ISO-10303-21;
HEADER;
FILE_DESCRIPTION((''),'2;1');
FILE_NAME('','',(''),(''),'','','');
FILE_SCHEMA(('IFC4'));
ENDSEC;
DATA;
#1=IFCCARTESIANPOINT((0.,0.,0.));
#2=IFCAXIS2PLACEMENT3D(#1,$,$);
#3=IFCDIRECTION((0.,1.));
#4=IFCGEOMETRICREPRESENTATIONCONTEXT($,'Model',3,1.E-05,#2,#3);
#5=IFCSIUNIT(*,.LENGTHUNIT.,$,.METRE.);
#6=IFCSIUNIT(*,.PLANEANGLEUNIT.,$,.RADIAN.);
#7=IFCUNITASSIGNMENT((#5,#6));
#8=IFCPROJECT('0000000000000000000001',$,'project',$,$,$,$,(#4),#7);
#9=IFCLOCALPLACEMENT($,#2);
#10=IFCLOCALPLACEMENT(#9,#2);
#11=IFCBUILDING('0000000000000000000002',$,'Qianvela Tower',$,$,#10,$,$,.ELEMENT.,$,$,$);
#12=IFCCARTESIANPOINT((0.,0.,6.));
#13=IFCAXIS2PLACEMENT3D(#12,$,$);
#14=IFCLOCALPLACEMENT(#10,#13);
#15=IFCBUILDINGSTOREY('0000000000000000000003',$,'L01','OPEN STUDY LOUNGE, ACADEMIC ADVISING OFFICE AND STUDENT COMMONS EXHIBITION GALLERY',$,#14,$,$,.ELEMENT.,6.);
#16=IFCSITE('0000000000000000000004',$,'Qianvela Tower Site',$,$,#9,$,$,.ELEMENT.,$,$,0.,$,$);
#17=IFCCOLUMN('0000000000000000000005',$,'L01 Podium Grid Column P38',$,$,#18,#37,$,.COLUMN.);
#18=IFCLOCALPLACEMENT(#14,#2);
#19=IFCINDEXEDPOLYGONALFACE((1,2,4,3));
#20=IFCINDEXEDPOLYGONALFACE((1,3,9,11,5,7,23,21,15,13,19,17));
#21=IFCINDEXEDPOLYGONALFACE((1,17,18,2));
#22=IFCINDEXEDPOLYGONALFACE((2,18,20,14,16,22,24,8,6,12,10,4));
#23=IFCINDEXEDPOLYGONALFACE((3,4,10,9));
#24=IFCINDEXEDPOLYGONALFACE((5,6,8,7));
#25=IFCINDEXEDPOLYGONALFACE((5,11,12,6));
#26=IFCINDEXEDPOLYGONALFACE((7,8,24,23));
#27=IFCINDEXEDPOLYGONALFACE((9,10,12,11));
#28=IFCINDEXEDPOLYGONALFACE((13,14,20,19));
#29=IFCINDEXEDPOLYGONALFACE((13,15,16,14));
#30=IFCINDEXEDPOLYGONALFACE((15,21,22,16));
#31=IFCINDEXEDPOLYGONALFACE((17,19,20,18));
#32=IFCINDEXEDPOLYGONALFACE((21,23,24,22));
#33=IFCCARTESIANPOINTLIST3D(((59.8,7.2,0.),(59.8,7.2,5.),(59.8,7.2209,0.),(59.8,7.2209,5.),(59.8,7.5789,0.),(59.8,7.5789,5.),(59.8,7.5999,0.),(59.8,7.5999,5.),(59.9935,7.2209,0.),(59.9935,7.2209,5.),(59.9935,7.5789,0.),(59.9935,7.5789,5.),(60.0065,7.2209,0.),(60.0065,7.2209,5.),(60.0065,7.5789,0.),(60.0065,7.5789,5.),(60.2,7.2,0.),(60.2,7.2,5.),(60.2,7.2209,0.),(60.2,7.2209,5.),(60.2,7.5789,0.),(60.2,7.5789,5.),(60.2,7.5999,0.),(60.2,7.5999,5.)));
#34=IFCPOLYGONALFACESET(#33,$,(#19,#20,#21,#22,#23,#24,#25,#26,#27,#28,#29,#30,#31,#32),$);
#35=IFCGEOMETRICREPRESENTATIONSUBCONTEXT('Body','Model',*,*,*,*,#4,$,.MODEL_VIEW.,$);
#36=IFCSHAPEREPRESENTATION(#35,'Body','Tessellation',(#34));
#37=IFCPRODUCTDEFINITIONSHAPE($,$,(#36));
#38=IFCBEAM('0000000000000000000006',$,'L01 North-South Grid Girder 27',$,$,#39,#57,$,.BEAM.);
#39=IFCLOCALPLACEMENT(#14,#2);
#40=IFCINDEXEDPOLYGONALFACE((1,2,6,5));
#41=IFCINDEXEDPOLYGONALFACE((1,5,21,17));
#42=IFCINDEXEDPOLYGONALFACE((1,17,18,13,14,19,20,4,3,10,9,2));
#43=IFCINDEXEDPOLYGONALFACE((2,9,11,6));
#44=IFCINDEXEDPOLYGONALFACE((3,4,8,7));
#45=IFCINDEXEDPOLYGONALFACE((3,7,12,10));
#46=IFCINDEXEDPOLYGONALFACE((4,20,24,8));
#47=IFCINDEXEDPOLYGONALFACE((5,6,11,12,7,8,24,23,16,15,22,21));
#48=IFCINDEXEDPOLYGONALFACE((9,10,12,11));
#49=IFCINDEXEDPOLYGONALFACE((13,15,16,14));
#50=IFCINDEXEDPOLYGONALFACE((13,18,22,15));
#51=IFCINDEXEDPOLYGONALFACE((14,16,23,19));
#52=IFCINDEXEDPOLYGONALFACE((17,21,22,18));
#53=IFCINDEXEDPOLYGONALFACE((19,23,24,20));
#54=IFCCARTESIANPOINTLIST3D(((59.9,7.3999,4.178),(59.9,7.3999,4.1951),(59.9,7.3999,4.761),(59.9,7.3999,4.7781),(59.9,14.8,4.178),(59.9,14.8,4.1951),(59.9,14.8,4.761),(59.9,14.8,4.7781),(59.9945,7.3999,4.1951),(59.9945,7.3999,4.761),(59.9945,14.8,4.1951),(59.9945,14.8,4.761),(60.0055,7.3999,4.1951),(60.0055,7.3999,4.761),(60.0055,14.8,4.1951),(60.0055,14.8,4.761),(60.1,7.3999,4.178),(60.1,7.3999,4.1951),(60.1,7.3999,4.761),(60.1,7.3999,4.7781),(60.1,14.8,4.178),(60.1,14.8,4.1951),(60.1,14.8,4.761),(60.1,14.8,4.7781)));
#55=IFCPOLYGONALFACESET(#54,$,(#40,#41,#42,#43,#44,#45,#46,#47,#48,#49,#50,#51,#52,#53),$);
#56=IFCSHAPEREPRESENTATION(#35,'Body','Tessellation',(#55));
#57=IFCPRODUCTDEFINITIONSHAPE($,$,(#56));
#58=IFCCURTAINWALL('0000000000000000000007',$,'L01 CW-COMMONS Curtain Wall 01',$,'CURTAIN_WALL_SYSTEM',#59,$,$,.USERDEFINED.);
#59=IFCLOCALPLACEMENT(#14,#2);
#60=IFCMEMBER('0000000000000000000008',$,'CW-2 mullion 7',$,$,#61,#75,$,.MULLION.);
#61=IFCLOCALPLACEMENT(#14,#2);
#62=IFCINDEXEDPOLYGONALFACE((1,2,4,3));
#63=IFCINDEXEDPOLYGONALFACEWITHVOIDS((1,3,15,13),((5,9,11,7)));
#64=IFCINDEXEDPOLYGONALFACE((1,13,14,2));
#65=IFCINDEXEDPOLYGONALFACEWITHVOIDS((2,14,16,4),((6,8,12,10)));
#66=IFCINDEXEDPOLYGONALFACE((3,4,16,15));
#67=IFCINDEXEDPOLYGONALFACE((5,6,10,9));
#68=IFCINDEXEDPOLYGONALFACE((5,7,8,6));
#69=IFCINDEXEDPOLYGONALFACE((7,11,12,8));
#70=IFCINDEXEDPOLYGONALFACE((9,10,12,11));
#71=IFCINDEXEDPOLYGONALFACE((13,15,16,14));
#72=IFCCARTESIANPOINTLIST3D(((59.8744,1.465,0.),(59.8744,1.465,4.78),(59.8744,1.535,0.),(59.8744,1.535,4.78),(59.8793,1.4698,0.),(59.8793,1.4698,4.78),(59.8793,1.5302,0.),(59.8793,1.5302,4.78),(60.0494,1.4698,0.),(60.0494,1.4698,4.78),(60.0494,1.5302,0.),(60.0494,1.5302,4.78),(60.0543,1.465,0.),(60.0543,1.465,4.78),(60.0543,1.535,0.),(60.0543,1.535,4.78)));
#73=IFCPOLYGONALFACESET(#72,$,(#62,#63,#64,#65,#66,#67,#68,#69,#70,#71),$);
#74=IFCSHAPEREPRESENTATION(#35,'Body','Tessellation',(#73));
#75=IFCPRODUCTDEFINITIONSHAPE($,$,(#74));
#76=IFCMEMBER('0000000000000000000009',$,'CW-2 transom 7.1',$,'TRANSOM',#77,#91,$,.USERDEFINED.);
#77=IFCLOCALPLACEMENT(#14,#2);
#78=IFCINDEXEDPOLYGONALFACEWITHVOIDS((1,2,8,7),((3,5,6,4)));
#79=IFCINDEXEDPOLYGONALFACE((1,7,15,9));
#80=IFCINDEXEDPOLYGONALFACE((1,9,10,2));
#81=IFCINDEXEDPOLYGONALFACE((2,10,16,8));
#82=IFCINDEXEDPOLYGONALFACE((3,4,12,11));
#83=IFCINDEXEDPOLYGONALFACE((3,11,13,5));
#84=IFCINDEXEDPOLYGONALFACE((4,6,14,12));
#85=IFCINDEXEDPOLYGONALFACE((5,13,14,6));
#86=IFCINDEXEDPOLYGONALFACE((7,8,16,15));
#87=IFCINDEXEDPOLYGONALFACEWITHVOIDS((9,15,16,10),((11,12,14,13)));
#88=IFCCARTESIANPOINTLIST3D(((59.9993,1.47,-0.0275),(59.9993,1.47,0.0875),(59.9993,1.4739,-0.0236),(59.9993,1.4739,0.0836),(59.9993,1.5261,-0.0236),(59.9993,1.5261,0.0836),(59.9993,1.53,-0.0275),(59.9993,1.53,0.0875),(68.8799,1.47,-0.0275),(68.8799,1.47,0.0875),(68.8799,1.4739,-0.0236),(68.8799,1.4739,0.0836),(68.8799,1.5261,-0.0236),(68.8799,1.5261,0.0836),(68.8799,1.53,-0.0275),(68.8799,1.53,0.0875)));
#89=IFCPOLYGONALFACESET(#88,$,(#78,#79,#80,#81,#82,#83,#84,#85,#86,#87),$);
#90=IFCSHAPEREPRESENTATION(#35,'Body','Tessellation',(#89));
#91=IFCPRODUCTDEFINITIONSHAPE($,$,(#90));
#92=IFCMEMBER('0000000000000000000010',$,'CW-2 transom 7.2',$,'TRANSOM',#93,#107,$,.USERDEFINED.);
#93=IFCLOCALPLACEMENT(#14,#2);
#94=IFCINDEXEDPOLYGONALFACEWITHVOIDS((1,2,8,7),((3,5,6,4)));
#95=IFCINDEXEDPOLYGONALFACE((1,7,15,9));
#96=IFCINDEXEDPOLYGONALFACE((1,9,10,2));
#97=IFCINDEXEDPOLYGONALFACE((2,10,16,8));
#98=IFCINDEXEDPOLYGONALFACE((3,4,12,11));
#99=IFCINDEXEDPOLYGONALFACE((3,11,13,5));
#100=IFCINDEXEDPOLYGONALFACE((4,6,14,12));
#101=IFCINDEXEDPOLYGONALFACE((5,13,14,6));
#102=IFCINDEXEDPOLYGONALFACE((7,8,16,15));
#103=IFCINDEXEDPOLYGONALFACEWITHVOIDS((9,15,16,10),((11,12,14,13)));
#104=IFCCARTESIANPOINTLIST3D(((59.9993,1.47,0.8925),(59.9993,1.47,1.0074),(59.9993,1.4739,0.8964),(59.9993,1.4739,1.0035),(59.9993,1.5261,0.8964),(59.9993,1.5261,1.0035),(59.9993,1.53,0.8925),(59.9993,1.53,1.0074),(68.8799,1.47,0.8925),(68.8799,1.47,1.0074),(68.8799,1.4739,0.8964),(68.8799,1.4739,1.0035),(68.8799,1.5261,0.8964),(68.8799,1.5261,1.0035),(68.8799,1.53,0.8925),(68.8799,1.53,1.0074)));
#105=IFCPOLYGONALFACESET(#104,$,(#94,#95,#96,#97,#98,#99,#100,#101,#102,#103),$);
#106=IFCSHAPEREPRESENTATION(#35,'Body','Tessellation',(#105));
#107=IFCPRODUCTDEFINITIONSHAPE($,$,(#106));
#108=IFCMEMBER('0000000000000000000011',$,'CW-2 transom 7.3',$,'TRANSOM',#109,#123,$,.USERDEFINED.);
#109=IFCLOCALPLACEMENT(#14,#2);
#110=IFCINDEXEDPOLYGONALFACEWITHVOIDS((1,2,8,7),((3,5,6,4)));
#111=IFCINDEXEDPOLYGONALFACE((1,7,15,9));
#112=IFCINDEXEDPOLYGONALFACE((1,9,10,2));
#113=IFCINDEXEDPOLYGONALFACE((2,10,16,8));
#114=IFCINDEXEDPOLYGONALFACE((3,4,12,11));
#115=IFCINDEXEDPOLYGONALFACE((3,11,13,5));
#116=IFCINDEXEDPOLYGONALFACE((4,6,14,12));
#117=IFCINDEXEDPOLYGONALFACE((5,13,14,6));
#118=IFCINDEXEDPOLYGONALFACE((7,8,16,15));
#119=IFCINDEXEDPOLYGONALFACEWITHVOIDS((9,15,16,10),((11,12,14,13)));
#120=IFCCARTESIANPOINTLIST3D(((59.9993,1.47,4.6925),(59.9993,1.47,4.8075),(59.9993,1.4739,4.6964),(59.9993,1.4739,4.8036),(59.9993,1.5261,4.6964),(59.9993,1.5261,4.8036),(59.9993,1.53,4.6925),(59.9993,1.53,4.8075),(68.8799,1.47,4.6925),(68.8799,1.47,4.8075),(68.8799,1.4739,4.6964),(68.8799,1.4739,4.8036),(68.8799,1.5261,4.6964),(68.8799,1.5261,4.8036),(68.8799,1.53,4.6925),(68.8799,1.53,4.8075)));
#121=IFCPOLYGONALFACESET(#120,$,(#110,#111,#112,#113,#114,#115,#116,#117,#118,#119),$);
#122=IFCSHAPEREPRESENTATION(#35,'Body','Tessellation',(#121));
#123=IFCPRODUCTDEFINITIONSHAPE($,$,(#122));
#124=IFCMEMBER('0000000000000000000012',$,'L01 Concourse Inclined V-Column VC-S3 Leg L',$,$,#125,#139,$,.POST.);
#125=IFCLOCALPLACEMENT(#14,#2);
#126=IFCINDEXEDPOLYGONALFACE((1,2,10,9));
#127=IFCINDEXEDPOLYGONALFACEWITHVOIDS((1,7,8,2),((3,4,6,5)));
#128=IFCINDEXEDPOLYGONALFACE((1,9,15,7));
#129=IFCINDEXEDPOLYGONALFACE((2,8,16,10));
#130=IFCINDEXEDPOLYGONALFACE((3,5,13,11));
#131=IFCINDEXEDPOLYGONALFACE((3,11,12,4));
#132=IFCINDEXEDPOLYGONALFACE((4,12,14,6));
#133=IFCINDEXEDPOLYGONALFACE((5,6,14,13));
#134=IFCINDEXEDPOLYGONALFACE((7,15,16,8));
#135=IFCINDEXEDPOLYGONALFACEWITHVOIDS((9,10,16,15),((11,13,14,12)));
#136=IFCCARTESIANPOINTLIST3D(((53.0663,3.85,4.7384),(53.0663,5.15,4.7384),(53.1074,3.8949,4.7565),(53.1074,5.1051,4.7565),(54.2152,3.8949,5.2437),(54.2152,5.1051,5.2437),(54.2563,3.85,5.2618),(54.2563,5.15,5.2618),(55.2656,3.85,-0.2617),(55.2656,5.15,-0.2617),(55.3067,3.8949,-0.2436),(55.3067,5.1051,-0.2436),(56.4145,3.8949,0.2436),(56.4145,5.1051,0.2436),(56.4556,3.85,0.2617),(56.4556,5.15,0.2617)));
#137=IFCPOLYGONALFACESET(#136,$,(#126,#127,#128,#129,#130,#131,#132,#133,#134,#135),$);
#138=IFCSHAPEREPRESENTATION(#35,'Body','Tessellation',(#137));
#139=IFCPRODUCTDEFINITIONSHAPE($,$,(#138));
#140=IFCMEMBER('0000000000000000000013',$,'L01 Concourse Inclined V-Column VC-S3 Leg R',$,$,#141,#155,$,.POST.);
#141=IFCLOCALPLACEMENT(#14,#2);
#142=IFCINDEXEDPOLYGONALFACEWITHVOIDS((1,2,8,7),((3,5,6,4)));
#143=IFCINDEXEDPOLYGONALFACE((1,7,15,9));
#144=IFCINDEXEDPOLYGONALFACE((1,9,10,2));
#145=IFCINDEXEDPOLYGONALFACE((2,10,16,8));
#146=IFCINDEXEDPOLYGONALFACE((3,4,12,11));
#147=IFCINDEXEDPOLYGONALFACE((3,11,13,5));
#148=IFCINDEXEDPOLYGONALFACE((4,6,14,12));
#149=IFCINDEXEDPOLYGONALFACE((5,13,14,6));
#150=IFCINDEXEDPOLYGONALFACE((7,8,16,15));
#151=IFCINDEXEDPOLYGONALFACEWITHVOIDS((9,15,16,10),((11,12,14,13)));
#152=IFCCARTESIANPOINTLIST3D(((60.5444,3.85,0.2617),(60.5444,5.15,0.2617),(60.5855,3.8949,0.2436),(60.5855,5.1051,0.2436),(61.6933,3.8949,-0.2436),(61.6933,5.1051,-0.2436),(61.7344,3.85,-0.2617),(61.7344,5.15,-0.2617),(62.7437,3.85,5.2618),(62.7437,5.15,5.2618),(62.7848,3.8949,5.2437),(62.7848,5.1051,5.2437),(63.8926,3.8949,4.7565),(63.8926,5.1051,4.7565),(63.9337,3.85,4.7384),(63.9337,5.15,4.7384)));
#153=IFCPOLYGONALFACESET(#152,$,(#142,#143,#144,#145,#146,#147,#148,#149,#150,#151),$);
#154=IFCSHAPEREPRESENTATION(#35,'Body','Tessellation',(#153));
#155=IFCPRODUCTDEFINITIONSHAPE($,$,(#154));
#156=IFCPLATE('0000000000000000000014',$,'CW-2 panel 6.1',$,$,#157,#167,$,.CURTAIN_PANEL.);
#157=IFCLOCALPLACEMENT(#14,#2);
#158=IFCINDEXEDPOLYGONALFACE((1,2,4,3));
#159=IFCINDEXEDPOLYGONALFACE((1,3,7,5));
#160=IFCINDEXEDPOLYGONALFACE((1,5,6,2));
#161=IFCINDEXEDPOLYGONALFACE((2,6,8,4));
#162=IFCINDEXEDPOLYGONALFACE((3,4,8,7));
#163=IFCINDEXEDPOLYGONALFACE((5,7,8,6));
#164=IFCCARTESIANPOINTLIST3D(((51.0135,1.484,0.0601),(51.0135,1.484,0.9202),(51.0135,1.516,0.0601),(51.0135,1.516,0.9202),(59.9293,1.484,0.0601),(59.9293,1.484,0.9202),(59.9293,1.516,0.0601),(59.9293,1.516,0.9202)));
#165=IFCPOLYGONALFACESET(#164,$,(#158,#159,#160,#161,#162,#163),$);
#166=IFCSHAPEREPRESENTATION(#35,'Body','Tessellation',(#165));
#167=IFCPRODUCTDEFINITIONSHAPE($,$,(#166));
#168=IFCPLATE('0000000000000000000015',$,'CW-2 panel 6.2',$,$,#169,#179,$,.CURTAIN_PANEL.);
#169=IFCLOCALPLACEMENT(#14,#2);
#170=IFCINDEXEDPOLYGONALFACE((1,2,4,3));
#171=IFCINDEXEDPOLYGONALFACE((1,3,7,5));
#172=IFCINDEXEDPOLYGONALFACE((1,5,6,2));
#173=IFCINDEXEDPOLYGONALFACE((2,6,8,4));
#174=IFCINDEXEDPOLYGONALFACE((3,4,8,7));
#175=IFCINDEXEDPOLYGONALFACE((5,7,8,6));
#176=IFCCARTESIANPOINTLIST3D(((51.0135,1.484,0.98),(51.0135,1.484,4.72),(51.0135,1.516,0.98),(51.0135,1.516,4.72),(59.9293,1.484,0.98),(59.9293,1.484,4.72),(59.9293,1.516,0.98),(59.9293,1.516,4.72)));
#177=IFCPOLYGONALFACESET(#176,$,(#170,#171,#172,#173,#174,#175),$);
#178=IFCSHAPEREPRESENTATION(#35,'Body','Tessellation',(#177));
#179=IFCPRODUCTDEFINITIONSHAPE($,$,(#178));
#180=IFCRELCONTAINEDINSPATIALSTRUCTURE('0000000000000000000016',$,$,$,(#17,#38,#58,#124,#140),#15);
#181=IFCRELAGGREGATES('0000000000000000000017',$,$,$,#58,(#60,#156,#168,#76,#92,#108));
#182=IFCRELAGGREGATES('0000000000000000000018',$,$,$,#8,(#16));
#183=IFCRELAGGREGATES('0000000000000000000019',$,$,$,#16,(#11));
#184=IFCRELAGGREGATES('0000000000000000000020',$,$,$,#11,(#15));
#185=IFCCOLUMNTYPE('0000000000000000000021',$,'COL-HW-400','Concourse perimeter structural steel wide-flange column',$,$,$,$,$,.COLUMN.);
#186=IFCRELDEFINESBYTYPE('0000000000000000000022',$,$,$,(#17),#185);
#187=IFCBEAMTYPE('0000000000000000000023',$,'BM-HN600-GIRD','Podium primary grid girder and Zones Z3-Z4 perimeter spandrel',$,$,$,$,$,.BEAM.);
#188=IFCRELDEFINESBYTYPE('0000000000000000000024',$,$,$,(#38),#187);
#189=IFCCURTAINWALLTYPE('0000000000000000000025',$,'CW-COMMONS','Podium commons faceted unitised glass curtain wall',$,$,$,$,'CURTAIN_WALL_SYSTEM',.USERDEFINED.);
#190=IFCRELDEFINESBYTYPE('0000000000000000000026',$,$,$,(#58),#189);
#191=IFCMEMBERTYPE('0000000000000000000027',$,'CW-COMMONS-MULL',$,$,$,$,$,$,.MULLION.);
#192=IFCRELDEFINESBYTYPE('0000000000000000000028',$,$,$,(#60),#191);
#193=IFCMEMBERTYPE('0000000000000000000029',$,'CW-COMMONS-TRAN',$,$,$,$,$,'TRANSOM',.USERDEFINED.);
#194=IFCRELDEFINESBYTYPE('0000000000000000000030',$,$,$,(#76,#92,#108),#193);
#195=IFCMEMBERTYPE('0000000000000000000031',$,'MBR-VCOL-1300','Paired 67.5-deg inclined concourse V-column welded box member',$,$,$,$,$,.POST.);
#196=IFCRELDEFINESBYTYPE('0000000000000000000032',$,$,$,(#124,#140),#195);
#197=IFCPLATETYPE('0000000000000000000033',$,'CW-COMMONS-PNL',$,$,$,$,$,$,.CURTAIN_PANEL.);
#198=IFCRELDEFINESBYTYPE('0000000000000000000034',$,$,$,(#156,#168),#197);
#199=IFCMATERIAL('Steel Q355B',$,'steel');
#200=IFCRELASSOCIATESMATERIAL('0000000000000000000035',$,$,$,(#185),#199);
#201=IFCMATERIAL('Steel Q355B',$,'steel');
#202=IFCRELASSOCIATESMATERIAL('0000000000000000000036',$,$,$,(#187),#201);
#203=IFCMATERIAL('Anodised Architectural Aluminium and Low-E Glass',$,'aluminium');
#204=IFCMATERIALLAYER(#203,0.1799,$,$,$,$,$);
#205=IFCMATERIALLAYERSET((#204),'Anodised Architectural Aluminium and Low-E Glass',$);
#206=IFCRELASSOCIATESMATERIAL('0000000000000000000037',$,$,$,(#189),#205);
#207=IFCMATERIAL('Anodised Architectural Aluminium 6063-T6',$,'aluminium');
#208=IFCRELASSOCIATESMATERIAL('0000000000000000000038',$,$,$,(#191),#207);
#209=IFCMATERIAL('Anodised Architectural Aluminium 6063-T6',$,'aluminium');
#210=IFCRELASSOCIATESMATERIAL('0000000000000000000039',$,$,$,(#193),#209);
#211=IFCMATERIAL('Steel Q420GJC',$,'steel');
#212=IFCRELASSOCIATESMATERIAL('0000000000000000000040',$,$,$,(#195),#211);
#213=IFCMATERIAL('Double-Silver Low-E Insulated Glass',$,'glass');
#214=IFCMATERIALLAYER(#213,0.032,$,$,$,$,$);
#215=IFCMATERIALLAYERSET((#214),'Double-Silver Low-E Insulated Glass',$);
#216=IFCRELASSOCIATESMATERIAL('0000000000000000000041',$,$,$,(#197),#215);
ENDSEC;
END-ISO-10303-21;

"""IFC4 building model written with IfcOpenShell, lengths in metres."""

from ifc_helpers import new_model, si_unit, direction, frame, origin, origin_2d, place, context, subcontext, project, spatial, rectangle, hollow_rectangle, i_section, extrude, material, layer, layer_set, material_profile, profile_set, type_object, element, aggregate, save


model = new_model("IFC4")

# Units and contexts
model_context = context("Model", 3, precision=1e-05, world=origin(), true_north=direction((0.0, 1.0)))
body_context = subcontext(model_context, "Body", "Model", "MODEL_VIEW")
ifc_project = project(units=[si_unit("LENGTHUNIT", "METRE"), si_unit("PLANEANGLEUNIT", "RADIAN")], contexts=[model_context])

# Site, building, storey
site_placement = place(None, origin())
site = spatial("IfcSite", under=ifc_project, at=site_placement, Name="Qianvela Tower Site", CompositionType="ELEMENT", RefElevation=0.0)
building_placement = place(site_placement, origin())
building = spatial("IfcBuilding", under=site, at=building_placement, Name="Qianvela Tower", CompositionType="ELEMENT")
storey_placement = place(building_placement, frame((0.0, 0.0, 6.0)))
storey = spatial("IfcBuildingStorey", under=building, at=storey_placement, Name="L01", Description="OPEN STUDY LOUNGE, ACADEMIC ADVISING OFFICE AND STUDENT COMMONS EXHIBITION GALLERY", CompositionType="ELEMENT", Elevation=6.0)

# Column
ifc_material_1 = material(Name="Steel Q355B", Category="steel")
ifc_material_profile_1 = material_profile(ifc_material_1, i_section(OverallWidth=0.3999, OverallDepth=0.3999, WebThickness=0.0129, FlangeThickness=0.021, at=origin_2d()), Name="HW400x400x13x21")
ifc_profile_set_1 = profile_set([ifc_material_profile_1], Name="Steel Q355B")
column_type = type_object("IfcColumnType", Name="COL-HW-400", Description="Concourse perimeter structural steel wide-flange column", PredefinedType="COLUMN", material=ifc_profile_set_1)
column_placement = place(storey_placement, frame((60.0, 7.3999, 0.0), z_axis=(0.0, 0.0, 1.0), x_axis=(1.0, 0.0, 0.0)))
element("IfcColumn", 1, at=column_placement, inside=storey, type_object=column_type, Name="L01 Podium Grid Column P38", PredefinedType="COLUMN", context=body_context, shape_type="SweptSolid", body=[
    extrude(i_section(OverallWidth=0.3999, OverallDepth=0.3999, WebThickness=0.0129, FlangeThickness=0.021, at=origin_2d()), origin(), (0.0, 0.0, 1.0), 5.0),
])

# Beam
ifc_material_2 = material(Name="Steel Q355B", Category="steel")
ifc_material_profile_2 = material_profile(ifc_material_2, i_section(OverallWidth=0.2, OverallDepth=0.6001, WebThickness=0.011, FlangeThickness=0.0171, at=origin_2d()), Name="HN600x200x11x17")
ifc_profile_set_2 = profile_set([ifc_material_profile_2], Name="Steel Q355B")
beam_type = type_object("IfcBeamType", Name="BM-HN600-GIRD", Description="Podium primary grid girder and Zones Z3-Z4 perimeter spandrel", PredefinedType="BEAM", material=ifc_profile_set_2)
beam_placement = place(storey_placement, frame((60.0, 7.3999, 4.478), z_axis=(0.0, 1.0, 0.0), x_axis=(-1.0, 0.0, 0.0)))
element("IfcBeam", 2, at=beam_placement, inside=storey, type_object=beam_type, Name="L01 North-South Grid Girder 27", PredefinedType="BEAM", context=body_context, shape_type="SweptSolid", body=[
    extrude(i_section(OverallWidth=0.2, OverallDepth=0.6001, WebThickness=0.011, FlangeThickness=0.0171, at=origin_2d()), origin(), (0.0, 0.0, 1.0), 7.4001),
])

# Curtain wall, members
ifc_material_3 = material(Name="Anodised Architectural Aluminium and Low-E Glass", Category="aluminium")
ifc_layer_1 = layer(ifc_material_3, 0.1799)
ifc_layer_set_1 = layer_set([ifc_layer_1], Name="Anodised Architectural Aluminium and Low-E Glass")
curtain_wall_type = type_object("IfcCurtainWallType", Name="CW-COMMONS", Description="Podium commons faceted unitised glass curtain wall", ElementType="CURTAIN_WALL_SYSTEM", PredefinedType="USERDEFINED", material=ifc_layer_set_1)
curtain_wall_placement = place(storey_placement, origin())
curtain_wall = element("IfcCurtainWall", 3, at=curtain_wall_placement, inside=storey, type_object=curtain_wall_type, Name="L01 CW-COMMONS Curtain Wall 01", ObjectType="CURTAIN_WALL_SYSTEM", PredefinedType="USERDEFINED")
ifc_material_4 = material(Name="Anodised Architectural Aluminium 6063-T6", Category="aluminium")
ifc_material_profile_3 = material_profile(ifc_material_4, hollow_rectangle(XDim=0.0701, YDim=0.1799, WallThickness=0.0049, at=origin_2d()), Name="ALU-MULL-70x180")
ifc_profile_set_3 = profile_set([ifc_material_profile_3], Name="Anodised Architectural Aluminium 6063-T6")
member_type_1 = type_object("IfcMemberType", Name="CW-COMMONS-MULL", PredefinedType="MULLION", material=ifc_profile_set_3)
member_1_placement = place(storey_placement, frame((59.9644, 1.5, 0.0), z_axis=(0.0, 0.0, 1.0), x_axis=(0.0, 1.0, 0.0)))
member_1 = element("IfcMember", 4, at=member_1_placement, type_object=member_type_1, Name="CW-2 mullion 7", PredefinedType="MULLION", context=body_context, shape_type="SweptSolid", body=[
    extrude(hollow_rectangle(XDim=0.0701, YDim=0.1799, WallThickness=0.0049, at=origin_2d()), origin(), (0.0, 0.0, 1.0), 4.78),
])
ifc_material_5 = material(Name="Anodised Architectural Aluminium 6063-T6", Category="aluminium")
ifc_material_profile_4 = material_profile(ifc_material_5, hollow_rectangle(XDim=0.0601, YDim=0.115, WallThickness=0.0039, at=origin_2d()), Name="ALU-TRAN-60x115")
ifc_profile_set_4 = profile_set([ifc_material_profile_4], Name="Anodised Architectural Aluminium 6063-T6")
member_type_2 = type_object("IfcMemberType", Name="CW-COMMONS-TRAN", ElementType="TRANSOM", PredefinedType="USERDEFINED", material=ifc_profile_set_4)
member_2_placement = place(storey_placement, frame((59.9993, 1.5, 0.03), z_axis=(1.0, 0.0, 0.0), x_axis=(0.0, 1.0, 0.0)))
member_2 = element("IfcMember", 5, at=member_2_placement, type_object=member_type_2, Name="CW-2 transom 7.1", ObjectType="TRANSOM", PredefinedType="USERDEFINED", context=body_context, shape_type="SweptSolid", body=[
    extrude(hollow_rectangle(XDim=0.0601, YDim=0.115, WallThickness=0.0039, at=origin_2d()), origin(), (0.0, 0.0, 1.0), 8.8806),
])
member_3_placement = place(storey_placement, frame((59.9993, 1.5, 0.95), z_axis=(1.0, 0.0, 0.0), x_axis=(0.0, 1.0, 0.0)))
member_3 = element("IfcMember", 6, at=member_3_placement, type_object=member_type_2, Name="CW-2 transom 7.2", ObjectType="TRANSOM", PredefinedType="USERDEFINED", context=body_context, shape_type="SweptSolid", body=[
    extrude(hollow_rectangle(XDim=0.0601, YDim=0.115, WallThickness=0.0039, at=origin_2d()), origin(), (0.0, 0.0, 1.0), 8.8806),
])
member_4_placement = place(storey_placement, frame((59.9993, 1.5, 4.75), z_axis=(1.0, 0.0, 0.0), x_axis=(0.0, 1.0, 0.0)))
member_4 = element("IfcMember", 7, at=member_4_placement, type_object=member_type_2, Name="CW-2 transom 7.3", ObjectType="TRANSOM", PredefinedType="USERDEFINED", context=body_context, shape_type="SweptSolid", body=[
    extrude(hollow_rectangle(XDim=0.0601, YDim=0.115, WallThickness=0.0039, at=origin_2d()), origin(), (0.0, 0.0, 1.0), 8.8806),
])

# Members
ifc_material_6 = material(Name="Steel Q420GJC", Category="steel")
ifc_material_profile_5 = material_profile(ifc_material_6, hollow_rectangle(XDim=1.3, YDim=1.3, WallThickness=0.0449, at=origin_2d()), Name="VBOX-1300x1300x45")
ifc_profile_set_5 = profile_set([ifc_material_profile_5], Name="Steel Q420GJC")
member_type_3 = type_object("IfcMemberType", Name="MBR-VCOL-1300", Description="Paired 67.5-deg inclined concourse V-column welded box member", PredefinedType="POST", material=ifc_profile_set_5)
for number, where, z_axis, x_axis, name in (
    (8, (55.8606, 4.5, 0.0), (-0.402619, 0.0, 0.915368), (0.0, -1.0, 0.0), "L01 Concourse Inclined V-Column VC-S3 Leg L"),
    (9, (61.1394, 4.5, 0.0), (0.402619, 0.0, 0.915368), (0.0, 1.0, 0.0), "L01 Concourse Inclined V-Column VC-S3 Leg R"),
):
    element("IfcMember", number, at=place(storey_placement, frame(where, z_axis=z_axis, x_axis=x_axis)), inside=storey, type_object=member_type_3, Name=name, PredefinedType="POST", context=body_context, shape_type="SweptSolid", body=[
        extrude(hollow_rectangle(XDim=1.3, YDim=1.3, WallThickness=0.0449, at=origin_2d()), origin(), (0.0, 0.0, 1.0), 5.4624),
    ])

# Plates
ifc_material_7 = material(Name="Double-Silver Low-E Insulated Glass", Category="glass")
ifc_layer_2 = layer(ifc_material_7, 0.032)
ifc_layer_set_2 = layer_set([ifc_layer_2], Name="Double-Silver Low-E Insulated Glass")
plate_type = type_object("IfcPlateType", Name="CW-COMMONS-PNL", PredefinedType="CURTAIN_PANEL", material=ifc_layer_set_2)
plate_1_placement = place(storey_placement, frame((55.4714, 1.5, 0.0601), z_axis=(0.0, 0.0, 1.0), x_axis=(1.0, 0.0, 0.0)))
plate_1 = element("IfcPlate", 10, at=plate_1_placement, type_object=plate_type, Name="CW-2 panel 6.1", PredefinedType="CURTAIN_PANEL", context=body_context, shape_type="SweptSolid", body=[
    extrude(rectangle(XDim=8.9158, YDim=0.032, at=origin_2d()), origin(), (0.0, 0.0, 1.0), 0.8601),
])
plate_2_placement = place(storey_placement, frame((55.4714, 1.5, 0.98), z_axis=(0.0, 0.0, 1.0), x_axis=(1.0, 0.0, 0.0)))
plate_2 = element("IfcPlate", 11, at=plate_2_placement, type_object=plate_type, Name="CW-2 panel 6.2", PredefinedType="CURTAIN_PANEL", context=body_context, shape_type="SweptSolid", body=[
    extrude(rectangle(XDim=8.9158, YDim=0.032, at=origin_2d()), origin(), (0.0, 0.0, 1.0), 3.74),
])
aggregate(curtain_wall, [member_1, plate_1, plate_2, member_2, member_3, member_4])

save(model, "model.ifc")
